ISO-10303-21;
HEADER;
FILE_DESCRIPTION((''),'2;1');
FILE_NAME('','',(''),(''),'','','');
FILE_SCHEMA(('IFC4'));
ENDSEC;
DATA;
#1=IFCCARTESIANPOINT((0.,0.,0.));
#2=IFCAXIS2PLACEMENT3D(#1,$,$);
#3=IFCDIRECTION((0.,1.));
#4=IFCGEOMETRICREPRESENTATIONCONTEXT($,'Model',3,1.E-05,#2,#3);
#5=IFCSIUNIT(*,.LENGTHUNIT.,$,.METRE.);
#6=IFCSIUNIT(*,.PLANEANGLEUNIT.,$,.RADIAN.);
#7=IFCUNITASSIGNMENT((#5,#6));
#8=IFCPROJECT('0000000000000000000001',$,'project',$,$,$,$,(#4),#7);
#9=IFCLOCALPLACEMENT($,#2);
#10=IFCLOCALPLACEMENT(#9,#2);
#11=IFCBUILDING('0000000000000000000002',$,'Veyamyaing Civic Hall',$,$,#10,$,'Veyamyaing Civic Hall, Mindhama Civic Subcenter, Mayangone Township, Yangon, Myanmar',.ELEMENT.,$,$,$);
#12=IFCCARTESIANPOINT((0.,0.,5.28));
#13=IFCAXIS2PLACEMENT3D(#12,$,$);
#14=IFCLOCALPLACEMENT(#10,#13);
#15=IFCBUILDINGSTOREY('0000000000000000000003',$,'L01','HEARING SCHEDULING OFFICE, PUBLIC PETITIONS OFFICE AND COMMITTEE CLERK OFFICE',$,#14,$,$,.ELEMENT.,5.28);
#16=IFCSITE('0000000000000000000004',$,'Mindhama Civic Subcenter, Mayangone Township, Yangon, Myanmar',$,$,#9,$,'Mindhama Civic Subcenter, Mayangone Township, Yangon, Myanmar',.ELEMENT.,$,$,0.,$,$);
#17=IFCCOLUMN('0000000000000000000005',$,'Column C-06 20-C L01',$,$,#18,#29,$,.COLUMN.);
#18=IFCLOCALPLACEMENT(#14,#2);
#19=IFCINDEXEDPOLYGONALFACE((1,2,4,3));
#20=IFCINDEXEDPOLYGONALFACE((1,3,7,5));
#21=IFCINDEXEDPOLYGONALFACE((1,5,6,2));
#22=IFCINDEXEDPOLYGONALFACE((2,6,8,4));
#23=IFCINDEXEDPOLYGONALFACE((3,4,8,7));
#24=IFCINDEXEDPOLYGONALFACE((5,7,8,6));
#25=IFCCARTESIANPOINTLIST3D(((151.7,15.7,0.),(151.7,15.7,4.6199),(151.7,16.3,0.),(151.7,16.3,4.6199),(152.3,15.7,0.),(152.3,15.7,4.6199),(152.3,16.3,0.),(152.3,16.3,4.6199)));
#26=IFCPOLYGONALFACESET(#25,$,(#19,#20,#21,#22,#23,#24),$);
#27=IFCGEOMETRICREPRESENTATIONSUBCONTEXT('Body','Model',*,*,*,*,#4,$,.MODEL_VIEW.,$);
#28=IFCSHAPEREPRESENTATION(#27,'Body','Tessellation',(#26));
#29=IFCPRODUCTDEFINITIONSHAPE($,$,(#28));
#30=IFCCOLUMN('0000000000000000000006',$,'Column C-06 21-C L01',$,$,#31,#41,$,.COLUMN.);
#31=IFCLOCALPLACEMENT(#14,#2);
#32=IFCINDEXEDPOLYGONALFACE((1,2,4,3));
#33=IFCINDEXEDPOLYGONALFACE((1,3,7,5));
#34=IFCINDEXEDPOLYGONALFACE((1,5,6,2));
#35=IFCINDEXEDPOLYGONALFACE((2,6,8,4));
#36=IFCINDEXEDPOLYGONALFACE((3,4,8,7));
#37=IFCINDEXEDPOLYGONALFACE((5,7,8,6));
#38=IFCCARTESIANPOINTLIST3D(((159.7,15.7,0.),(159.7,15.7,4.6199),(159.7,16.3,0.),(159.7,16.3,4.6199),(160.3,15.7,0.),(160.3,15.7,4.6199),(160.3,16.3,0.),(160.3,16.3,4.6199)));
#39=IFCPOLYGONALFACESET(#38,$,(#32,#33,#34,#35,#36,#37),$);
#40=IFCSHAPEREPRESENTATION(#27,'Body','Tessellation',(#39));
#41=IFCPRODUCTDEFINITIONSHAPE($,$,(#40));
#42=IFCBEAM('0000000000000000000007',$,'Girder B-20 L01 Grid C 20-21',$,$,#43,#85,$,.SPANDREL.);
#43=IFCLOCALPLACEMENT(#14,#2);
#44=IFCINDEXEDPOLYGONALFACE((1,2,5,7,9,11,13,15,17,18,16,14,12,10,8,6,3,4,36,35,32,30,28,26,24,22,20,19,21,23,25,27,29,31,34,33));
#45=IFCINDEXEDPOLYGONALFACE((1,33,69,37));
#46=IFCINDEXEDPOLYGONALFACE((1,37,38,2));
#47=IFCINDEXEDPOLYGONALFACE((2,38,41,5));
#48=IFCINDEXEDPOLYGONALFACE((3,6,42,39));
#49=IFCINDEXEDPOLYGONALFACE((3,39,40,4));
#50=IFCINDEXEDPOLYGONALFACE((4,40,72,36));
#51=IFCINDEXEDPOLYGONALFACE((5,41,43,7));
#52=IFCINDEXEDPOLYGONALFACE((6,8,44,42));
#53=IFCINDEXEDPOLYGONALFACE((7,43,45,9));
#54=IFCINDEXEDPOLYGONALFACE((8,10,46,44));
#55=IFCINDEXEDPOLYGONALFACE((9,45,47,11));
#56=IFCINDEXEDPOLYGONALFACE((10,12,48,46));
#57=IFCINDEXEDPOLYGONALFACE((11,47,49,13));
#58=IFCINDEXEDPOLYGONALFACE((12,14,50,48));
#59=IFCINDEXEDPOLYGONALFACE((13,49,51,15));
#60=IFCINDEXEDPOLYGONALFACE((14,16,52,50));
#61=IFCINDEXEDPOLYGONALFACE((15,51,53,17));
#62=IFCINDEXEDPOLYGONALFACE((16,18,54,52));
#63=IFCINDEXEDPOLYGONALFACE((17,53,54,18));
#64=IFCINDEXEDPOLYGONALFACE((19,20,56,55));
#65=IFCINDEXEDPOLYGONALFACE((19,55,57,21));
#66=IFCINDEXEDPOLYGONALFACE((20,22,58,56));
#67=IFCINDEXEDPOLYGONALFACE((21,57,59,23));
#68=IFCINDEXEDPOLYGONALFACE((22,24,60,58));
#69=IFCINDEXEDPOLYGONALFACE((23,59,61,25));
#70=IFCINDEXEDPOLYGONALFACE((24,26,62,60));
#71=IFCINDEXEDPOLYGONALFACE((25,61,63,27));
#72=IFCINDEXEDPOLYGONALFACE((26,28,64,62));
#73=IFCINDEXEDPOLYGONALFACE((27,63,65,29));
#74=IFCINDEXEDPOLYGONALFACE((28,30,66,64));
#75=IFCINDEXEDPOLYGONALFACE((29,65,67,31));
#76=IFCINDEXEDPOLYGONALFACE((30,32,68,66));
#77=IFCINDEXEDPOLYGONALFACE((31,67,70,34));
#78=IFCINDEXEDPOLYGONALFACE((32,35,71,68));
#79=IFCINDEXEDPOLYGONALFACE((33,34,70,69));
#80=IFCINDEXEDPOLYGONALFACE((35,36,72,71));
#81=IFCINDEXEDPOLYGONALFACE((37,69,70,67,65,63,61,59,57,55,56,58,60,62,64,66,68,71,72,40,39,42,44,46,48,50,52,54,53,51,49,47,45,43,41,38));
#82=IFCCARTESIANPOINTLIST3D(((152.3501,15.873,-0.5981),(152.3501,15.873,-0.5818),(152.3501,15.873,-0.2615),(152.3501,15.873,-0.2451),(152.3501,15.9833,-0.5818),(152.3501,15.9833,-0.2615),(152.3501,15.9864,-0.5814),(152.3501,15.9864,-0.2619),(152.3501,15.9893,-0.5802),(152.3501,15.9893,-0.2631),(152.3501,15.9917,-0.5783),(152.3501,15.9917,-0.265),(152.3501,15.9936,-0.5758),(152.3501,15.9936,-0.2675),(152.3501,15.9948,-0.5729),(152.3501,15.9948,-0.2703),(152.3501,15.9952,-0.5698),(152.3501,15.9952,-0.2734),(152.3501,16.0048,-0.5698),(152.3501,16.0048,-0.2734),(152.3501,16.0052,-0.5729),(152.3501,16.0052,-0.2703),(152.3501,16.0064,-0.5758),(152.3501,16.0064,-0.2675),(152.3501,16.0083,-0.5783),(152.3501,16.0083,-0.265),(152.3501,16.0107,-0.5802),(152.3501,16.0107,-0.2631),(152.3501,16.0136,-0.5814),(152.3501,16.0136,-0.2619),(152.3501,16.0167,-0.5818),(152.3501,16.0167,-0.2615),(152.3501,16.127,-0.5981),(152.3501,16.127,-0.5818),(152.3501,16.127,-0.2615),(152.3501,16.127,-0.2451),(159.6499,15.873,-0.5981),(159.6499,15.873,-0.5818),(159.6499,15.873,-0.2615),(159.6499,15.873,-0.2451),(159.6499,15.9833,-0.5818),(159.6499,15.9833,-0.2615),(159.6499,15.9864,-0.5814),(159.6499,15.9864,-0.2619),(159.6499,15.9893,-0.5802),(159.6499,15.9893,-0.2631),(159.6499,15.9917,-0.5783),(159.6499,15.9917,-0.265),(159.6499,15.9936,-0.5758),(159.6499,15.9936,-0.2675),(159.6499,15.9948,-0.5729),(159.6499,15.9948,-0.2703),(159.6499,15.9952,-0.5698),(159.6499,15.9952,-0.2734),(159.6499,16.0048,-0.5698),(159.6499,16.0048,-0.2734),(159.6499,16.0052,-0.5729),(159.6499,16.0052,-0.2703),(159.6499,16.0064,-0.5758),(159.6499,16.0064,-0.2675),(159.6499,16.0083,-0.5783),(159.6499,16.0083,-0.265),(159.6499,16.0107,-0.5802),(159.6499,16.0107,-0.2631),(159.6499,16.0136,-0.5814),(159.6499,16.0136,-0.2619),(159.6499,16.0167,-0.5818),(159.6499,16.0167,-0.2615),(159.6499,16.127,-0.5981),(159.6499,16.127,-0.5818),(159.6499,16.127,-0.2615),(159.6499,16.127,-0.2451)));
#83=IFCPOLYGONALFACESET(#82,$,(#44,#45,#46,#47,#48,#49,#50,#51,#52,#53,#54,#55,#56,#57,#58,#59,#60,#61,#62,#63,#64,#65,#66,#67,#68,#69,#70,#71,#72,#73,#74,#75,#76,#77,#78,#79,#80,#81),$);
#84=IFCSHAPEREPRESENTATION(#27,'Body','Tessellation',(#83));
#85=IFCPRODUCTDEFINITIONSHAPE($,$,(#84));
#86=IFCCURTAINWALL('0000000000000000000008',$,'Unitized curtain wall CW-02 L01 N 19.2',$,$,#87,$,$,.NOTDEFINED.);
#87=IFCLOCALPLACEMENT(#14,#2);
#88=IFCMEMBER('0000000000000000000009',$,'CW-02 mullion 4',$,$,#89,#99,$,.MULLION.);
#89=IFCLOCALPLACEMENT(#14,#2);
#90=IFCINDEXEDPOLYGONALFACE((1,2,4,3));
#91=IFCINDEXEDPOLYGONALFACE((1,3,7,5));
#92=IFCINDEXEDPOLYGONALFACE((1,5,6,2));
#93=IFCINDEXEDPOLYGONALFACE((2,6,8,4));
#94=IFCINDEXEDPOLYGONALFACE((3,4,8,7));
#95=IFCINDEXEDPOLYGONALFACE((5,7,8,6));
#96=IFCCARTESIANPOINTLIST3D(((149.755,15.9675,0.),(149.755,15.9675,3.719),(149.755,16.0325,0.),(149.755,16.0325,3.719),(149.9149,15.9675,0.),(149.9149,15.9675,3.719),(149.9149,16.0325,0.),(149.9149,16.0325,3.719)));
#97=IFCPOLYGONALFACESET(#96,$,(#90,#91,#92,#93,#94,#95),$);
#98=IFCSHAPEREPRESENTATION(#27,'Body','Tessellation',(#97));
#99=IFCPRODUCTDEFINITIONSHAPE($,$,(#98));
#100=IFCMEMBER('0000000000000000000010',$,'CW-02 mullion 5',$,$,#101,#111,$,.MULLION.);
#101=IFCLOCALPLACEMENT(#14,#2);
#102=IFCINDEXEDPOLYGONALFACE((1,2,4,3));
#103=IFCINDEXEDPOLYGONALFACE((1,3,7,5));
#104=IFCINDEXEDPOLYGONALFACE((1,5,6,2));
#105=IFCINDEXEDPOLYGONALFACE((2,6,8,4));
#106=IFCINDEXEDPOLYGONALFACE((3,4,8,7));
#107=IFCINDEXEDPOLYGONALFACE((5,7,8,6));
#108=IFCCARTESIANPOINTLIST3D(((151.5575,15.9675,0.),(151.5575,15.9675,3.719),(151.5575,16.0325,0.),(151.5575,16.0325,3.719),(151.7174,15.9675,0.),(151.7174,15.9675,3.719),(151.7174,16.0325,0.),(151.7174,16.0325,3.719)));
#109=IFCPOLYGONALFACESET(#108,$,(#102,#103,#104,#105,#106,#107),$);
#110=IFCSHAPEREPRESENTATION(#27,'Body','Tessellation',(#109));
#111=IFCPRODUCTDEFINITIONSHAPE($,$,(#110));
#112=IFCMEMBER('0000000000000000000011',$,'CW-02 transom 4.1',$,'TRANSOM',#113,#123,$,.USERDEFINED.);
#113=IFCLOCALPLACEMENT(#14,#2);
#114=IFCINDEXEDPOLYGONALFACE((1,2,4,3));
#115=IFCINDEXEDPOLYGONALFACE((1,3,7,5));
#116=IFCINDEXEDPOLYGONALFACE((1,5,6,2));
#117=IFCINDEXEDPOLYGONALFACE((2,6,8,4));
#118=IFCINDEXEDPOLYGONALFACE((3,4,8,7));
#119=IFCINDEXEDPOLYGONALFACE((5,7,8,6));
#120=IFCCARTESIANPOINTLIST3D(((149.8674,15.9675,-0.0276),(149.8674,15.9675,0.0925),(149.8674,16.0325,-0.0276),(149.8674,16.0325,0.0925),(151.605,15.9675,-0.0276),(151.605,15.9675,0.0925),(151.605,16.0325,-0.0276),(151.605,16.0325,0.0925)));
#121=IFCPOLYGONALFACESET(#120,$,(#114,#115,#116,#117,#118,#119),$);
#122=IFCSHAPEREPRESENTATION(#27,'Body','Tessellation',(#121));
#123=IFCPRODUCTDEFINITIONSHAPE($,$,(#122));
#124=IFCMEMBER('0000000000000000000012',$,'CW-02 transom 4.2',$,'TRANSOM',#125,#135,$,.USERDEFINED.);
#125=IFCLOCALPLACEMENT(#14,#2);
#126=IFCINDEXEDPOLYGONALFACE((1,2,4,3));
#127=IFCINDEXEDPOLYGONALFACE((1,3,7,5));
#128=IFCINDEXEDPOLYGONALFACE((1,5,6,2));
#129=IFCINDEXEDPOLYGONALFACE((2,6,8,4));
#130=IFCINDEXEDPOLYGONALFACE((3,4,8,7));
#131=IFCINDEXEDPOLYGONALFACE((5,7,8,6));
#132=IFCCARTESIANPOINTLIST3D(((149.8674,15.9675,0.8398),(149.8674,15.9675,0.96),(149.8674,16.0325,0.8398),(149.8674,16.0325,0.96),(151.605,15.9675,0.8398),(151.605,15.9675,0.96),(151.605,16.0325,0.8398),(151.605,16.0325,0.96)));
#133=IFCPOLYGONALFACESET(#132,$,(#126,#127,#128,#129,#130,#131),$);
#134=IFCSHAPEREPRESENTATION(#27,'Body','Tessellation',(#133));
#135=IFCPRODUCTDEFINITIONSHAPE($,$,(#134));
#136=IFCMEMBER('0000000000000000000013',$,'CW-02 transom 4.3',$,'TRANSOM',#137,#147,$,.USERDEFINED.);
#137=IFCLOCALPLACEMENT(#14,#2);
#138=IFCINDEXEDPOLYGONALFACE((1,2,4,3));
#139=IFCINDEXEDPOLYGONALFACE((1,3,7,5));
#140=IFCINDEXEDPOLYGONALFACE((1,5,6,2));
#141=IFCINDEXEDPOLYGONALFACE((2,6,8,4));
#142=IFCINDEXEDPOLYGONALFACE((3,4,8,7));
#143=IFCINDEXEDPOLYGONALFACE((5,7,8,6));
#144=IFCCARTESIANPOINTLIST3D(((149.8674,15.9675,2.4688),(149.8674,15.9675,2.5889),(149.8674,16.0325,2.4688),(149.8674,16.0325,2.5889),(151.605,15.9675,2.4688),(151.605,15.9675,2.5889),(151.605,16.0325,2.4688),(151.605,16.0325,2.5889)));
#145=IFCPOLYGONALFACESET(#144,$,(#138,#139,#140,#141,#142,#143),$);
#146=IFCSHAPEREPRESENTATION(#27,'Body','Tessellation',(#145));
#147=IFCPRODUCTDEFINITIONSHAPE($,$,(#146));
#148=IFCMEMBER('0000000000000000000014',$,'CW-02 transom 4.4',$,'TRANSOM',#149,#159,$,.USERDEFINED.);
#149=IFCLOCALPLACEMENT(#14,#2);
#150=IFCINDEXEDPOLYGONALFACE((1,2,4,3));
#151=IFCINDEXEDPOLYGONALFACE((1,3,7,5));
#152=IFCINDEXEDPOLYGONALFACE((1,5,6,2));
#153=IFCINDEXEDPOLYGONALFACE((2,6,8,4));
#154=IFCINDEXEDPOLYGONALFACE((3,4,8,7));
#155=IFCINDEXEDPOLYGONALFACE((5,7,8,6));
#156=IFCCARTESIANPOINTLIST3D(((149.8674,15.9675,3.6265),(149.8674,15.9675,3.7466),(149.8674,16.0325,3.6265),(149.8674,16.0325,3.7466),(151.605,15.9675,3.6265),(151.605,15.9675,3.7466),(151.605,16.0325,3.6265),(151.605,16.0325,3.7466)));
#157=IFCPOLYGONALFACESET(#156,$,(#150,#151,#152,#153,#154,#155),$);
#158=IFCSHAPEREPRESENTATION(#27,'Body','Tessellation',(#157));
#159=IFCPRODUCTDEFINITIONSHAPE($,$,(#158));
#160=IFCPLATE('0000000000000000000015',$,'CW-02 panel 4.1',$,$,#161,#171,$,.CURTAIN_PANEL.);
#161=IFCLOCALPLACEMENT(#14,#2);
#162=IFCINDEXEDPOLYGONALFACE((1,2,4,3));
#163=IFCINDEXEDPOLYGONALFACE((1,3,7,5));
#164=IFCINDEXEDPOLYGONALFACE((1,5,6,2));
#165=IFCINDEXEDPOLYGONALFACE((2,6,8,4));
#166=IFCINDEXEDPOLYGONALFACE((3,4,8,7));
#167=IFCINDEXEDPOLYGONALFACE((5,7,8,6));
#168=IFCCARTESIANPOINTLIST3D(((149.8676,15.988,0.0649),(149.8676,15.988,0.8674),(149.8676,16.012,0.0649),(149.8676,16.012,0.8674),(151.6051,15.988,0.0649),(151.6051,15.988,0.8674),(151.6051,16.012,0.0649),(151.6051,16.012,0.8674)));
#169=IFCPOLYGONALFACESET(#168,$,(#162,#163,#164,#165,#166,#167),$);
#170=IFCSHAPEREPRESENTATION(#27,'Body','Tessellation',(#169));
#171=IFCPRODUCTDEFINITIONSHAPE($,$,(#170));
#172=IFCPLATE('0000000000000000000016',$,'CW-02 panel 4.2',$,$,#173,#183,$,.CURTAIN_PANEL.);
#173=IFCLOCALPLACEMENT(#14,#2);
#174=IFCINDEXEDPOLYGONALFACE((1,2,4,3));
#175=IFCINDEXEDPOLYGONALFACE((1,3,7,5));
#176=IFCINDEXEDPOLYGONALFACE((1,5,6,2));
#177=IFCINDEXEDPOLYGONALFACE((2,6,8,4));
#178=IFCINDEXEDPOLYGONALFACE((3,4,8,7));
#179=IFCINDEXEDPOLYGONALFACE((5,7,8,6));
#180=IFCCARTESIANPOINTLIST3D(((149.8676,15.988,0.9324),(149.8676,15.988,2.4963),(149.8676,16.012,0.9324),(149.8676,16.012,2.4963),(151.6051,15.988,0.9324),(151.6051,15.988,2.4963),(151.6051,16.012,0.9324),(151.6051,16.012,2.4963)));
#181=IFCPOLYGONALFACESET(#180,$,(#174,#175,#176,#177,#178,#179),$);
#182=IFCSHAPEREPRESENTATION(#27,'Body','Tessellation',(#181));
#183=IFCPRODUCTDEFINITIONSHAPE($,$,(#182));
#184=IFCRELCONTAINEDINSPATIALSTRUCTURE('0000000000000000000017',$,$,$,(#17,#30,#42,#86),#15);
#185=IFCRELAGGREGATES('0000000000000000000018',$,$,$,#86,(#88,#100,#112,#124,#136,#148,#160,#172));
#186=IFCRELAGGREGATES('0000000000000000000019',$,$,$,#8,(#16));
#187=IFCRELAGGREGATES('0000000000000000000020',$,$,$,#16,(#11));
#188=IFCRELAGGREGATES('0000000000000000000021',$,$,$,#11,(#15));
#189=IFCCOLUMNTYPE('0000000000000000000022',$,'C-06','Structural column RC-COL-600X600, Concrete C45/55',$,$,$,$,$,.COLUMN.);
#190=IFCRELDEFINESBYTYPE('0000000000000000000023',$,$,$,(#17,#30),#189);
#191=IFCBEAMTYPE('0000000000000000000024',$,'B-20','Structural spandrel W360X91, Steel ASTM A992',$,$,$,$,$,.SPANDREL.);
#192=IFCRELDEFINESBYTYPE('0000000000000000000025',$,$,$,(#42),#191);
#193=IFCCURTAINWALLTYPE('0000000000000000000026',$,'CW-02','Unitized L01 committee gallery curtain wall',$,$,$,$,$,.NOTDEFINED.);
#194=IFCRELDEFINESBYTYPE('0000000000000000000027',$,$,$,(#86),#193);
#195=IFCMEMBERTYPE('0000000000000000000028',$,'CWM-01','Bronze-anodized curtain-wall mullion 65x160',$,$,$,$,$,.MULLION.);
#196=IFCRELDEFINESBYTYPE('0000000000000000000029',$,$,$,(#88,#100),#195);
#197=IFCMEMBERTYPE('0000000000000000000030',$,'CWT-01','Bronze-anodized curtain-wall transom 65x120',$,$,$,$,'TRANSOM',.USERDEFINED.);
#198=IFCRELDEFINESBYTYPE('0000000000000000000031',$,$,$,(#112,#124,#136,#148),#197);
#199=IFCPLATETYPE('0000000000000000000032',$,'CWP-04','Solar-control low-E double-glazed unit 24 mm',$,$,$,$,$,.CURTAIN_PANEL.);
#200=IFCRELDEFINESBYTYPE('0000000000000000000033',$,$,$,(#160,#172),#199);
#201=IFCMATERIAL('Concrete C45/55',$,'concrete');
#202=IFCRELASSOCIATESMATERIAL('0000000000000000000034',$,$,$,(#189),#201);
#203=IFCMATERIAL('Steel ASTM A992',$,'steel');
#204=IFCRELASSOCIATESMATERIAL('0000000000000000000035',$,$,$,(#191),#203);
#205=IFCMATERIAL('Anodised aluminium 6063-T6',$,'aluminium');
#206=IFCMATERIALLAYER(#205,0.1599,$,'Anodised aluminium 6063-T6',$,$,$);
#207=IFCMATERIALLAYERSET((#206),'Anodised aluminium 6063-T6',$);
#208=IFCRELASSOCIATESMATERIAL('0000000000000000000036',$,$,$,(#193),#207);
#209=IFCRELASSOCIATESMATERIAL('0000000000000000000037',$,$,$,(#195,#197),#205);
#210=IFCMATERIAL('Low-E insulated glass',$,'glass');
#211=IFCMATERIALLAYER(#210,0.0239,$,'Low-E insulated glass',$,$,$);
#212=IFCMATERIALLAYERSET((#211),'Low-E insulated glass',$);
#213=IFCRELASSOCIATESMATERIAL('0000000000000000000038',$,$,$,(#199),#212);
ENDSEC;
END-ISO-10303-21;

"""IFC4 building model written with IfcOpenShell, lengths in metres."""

from ifc_helpers import new_model, si_unit, direction, frame, origin, origin_2d, place, context, subcontext, project, spatial, rectangle, i_section, extrude, material, layer, layer_set, material_profile, profile_set, type_object, element, aggregate, save


model = new_model("IFC4")

# Units and contexts
model_context = context("Model", 3, precision=1e-05, world=origin(), true_north=direction((0.0, 1.0)))
body_context = subcontext(model_context, "Body", "Model", "MODEL_VIEW")
ifc_project = project(units=[si_unit("LENGTHUNIT", "METRE"), si_unit("PLANEANGLEUNIT", "RADIAN")], contexts=[model_context])

# Site, building, storey
site_placement = place(None, origin())
site = spatial("IfcSite", under=ifc_project, at=site_placement, Name="Mindhama Civic Subcenter, Mayangone Township, Yangon, Myanmar", LongName="Mindhama Civic Subcenter, Mayangone Township, Yangon, Myanmar", CompositionType="ELEMENT", RefElevation=0.0)
building_placement = place(site_placement, origin())
building = spatial("IfcBuilding", under=site, at=building_placement, Name="Veyamyaing Civic Hall", LongName="Veyamyaing Civic Hall, Mindhama Civic Subcenter, Mayangone Township, Yangon, Myanmar", CompositionType="ELEMENT")
storey_placement = place(building_placement, frame((0.0, 0.0, 5.28)))
storey = spatial("IfcBuildingStorey", under=building, at=storey_placement, Name="L01", Description="HEARING SCHEDULING OFFICE, PUBLIC PETITIONS OFFICE AND COMMITTEE CLERK OFFICE", CompositionType="ELEMENT", Elevation=5.28)

# Columns
ifc_material_1 = material(Name="Concrete C45/55", Category="concrete")
ifc_material_profile_1 = material_profile(ifc_material_1, rectangle(XDim=0.6001, YDim=0.6001, at=origin_2d()), Name="RC-COL-600X600")
ifc_profile_set_1 = profile_set([ifc_material_profile_1], Name="Concrete C45/55")
column_type = type_object("IfcColumnType", Name="C-06", Description="Structural column RC-COL-600X600, Concrete C45/55", PredefinedType="COLUMN", material=ifc_profile_set_1)
for number, where, z_axis, x_axis, name in (
    (1, (152.0, 16.0, 0.0), (0.0, 0.0, 1.0), (1.0, 0.0, 0.0), "Column C-06 20-C L01"),
    (2, (160.0, 16.0, 0.0), (0.0, 0.0, 1.0), (1.0, 0.0, 0.0), "Column C-06 21-C L01"),
):
    element("IfcColumn", number, at=place(storey_placement, frame(where, z_axis=z_axis, x_axis=x_axis)), inside=storey, type_object=column_type, Name=name, PredefinedType="COLUMN", context=body_context, shape_type="SweptSolid", body=[
        extrude(rectangle(XDim=0.6001, YDim=0.6001, at=origin_2d()), origin(), (0.0, 0.0, 1.0), 4.6199),
    ])

# Beam
ifc_material_2 = material(Name="Steel ASTM A992", Category="steel")
ifc_material_profile_2 = material_profile(ifc_material_2, i_section(OverallWidth=0.2539, OverallDepth=0.353, WebThickness=0.0095, FlangeThickness=0.0164, FilletRadius=0.012, at=origin_2d()), Name="W360X91")
ifc_profile_set_2 = profile_set([ifc_material_profile_2], Name="Steel ASTM A992")
beam_type = type_object("IfcBeamType", Name="B-20", Description="Structural spandrel W360X91, Steel ASTM A992", PredefinedType="SPANDREL", material=ifc_profile_set_2)
beam_placement = place(storey_placement, frame((152.3501, 16.0, -0.4216), z_axis=(1.0, 0.0, 0.0), x_axis=(0.0, 1.0, 0.0)))
element("IfcBeam", 3, at=beam_placement, inside=storey, type_object=beam_type, Name="Girder B-20 L01 Grid C 20-21", PredefinedType="SPANDREL", context=body_context, shape_type="SweptSolid", body=[
    extrude(i_section(OverallWidth=0.2539, OverallDepth=0.353, WebThickness=0.0095, FlangeThickness=0.0164, FilletRadius=0.012, at=origin_2d()), origin(), (0.0, 0.0, 1.0), 7.2998),
])

# Curtain wall, members, plates
ifc_material_3 = material(Name="Anodised aluminium 6063-T6", Category="aluminium")
ifc_layer_1 = layer(ifc_material_3, 0.1599, Name="Anodised aluminium 6063-T6")
ifc_layer_set_1 = layer_set([ifc_layer_1], Name="Anodised aluminium 6063-T6")
curtain_wall_type = type_object("IfcCurtainWallType", Name="CW-02", Description="Unitized L01 committee gallery curtain wall", PredefinedType="NOTDEFINED", material=ifc_layer_set_1)
curtain_wall_placement = place(storey_placement, origin())
curtain_wall = element("IfcCurtainWall", 4, at=curtain_wall_placement, inside=storey, type_object=curtain_wall_type, Name="Unitized curtain wall CW-02 L01 N 19.2", PredefinedType="NOTDEFINED")
ifc_material_profile_3 = material_profile(ifc_material_3, rectangle(XDim=0.0649, YDim=0.1599, at=origin_2d()), Name="ALU-MUL-65X160")
ifc_profile_set_3 = profile_set([ifc_material_profile_3], Name="Anodised aluminium 6063-T6")
member_type_1 = type_object("IfcMemberType", Name="CWM-01", Description="Bronze-anodized curtain-wall mullion 65x160", PredefinedType="MULLION", material=ifc_profile_set_3)
member_1_placement = place(storey_placement, frame((149.835, 16.0, 0.0), z_axis=(0.0, 0.0, 1.0), x_axis=(0.0, 1.0, 0.0)))
member_1 = element("IfcMember", 5, at=member_1_placement, type_object=member_type_1, Name="CW-02 mullion 4", PredefinedType="MULLION", context=body_context, shape_type="SweptSolid", body=[
    extrude(rectangle(XDim=0.0649, YDim=0.1599, at=origin_2d()), origin(), (0.0, 0.0, 1.0), 3.719),
])
member_2_placement = place(storey_placement, frame((151.6375, 16.0, 0.0), z_axis=(0.0, 0.0, 1.0), x_axis=(0.0, 1.0, 0.0)))
member_2 = element("IfcMember", 6, at=member_2_placement, type_object=member_type_1, Name="CW-02 mullion 5", PredefinedType="MULLION", context=body_context, shape_type="SweptSolid", body=[
    extrude(rectangle(XDim=0.0649, YDim=0.1599, at=origin_2d()), origin(), (0.0, 0.0, 1.0), 3.719),
])
ifc_material_profile_4 = material_profile(ifc_material_3, rectangle(XDim=0.0649, YDim=0.1201, at=origin_2d()), Name="ALU-TRN-65X120")
ifc_profile_set_4 = profile_set([ifc_material_profile_4], Name="Anodised aluminium 6063-T6")
member_type_2 = type_object("IfcMemberType", Name="CWT-01", Description="Bronze-anodized curtain-wall transom 65x120", ElementType="TRANSOM", PredefinedType="USERDEFINED", material=ifc_profile_set_4)
member_3_placement = place(storey_placement, frame((149.8674, 16.0, 0.0325), z_axis=(1.0, 0.0, 0.0), x_axis=(0.0, 1.0, 0.0)))
member_3 = element("IfcMember", 7, at=member_3_placement, type_object=member_type_2, Name="CW-02 transom 4.1", ObjectType="TRANSOM", PredefinedType="USERDEFINED", context=body_context, shape_type="SweptSolid", body=[
    extrude(rectangle(XDim=0.0649, YDim=0.1201, at=origin_2d()), origin(), (0.0, 0.0, 1.0), 1.7375),
])
member_4_placement = place(storey_placement, frame((149.8674, 16.0, 0.8999), z_axis=(1.0, 0.0, 0.0), x_axis=(0.0, 1.0, 0.0)))
member_4 = element("IfcMember", 8, at=member_4_placement, type_object=member_type_2, Name="CW-02 transom 4.2", ObjectType="TRANSOM", PredefinedType="USERDEFINED", context=body_context, shape_type="SweptSolid", body=[
    extrude(rectangle(XDim=0.0649, YDim=0.1201, at=origin_2d()), origin(), (0.0, 0.0, 1.0), 1.7375),
])
member_5_placement = place(storey_placement, frame((149.8674, 16.0, 2.5288), z_axis=(1.0, 0.0, 0.0), x_axis=(0.0, 1.0, 0.0)))
member_5 = element("IfcMember", 9, at=member_5_placement, type_object=member_type_2, Name="CW-02 transom 4.3", ObjectType="TRANSOM", PredefinedType="USERDEFINED", context=body_context, shape_type="SweptSolid", body=[
    extrude(rectangle(XDim=0.0649, YDim=0.1201, at=origin_2d()), origin(), (0.0, 0.0, 1.0), 1.7375),
])
member_6_placement = place(storey_placement, frame((149.8674, 16.0, 3.6865), z_axis=(1.0, 0.0, 0.0), x_axis=(0.0, 1.0, 0.0)))
member_6 = element("IfcMember", 10, at=member_6_placement, type_object=member_type_2, Name="CW-02 transom 4.4", ObjectType="TRANSOM", PredefinedType="USERDEFINED", context=body_context, shape_type="SweptSolid", body=[
    extrude(rectangle(XDim=0.0649, YDim=0.1201, at=origin_2d()), origin(), (0.0, 0.0, 1.0), 1.7375),
])
ifc_material_4 = material(Name="Low-E insulated glass", Category="glass")
ifc_layer_2 = layer(ifc_material_4, 0.0239, Name="Low-E insulated glass")
ifc_layer_set_2 = layer_set([ifc_layer_2], Name="Low-E insulated glass")
plate_type = type_object("IfcPlateType", Name="CWP-04", Description="Solar-control low-E double-glazed unit 24 mm", PredefinedType="CURTAIN_PANEL", material=ifc_layer_set_2)
plate_1_placement = place(storey_placement, frame((150.7363, 16.0, 0.0649), z_axis=(0.0, 0.0, 1.0), x_axis=(1.0, 0.0, 0.0)))
plate_1 = element("IfcPlate", 11, at=plate_1_placement, type_object=plate_type, Name="CW-02 panel 4.1", PredefinedType="CURTAIN_PANEL", context=body_context, shape_type="SweptSolid", body=[
    extrude(rectangle(XDim=1.7375, YDim=0.0239, at=origin_2d()), origin(), (0.0, 0.0, 1.0), 0.8025),
])
plate_2_placement = place(storey_placement, frame((150.7363, 16.0, 0.9324), z_axis=(0.0, 0.0, 1.0), x_axis=(1.0, 0.0, 0.0)))
plate_2 = element("IfcPlate", 12, at=plate_2_placement, type_object=plate_type, Name="CW-02 panel 4.2", PredefinedType="CURTAIN_PANEL", context=body_context, shape_type="SweptSolid", body=[
    extrude(rectangle(XDim=1.7375, YDim=0.0239, at=origin_2d()), origin(), (0.0, 0.0, 1.0), 1.564),
])
aggregate(curtain_wall, [member_1, member_2, member_3, member_4, member_5, member_6, plate_1, plate_2])

save(model, "model.ifc")
